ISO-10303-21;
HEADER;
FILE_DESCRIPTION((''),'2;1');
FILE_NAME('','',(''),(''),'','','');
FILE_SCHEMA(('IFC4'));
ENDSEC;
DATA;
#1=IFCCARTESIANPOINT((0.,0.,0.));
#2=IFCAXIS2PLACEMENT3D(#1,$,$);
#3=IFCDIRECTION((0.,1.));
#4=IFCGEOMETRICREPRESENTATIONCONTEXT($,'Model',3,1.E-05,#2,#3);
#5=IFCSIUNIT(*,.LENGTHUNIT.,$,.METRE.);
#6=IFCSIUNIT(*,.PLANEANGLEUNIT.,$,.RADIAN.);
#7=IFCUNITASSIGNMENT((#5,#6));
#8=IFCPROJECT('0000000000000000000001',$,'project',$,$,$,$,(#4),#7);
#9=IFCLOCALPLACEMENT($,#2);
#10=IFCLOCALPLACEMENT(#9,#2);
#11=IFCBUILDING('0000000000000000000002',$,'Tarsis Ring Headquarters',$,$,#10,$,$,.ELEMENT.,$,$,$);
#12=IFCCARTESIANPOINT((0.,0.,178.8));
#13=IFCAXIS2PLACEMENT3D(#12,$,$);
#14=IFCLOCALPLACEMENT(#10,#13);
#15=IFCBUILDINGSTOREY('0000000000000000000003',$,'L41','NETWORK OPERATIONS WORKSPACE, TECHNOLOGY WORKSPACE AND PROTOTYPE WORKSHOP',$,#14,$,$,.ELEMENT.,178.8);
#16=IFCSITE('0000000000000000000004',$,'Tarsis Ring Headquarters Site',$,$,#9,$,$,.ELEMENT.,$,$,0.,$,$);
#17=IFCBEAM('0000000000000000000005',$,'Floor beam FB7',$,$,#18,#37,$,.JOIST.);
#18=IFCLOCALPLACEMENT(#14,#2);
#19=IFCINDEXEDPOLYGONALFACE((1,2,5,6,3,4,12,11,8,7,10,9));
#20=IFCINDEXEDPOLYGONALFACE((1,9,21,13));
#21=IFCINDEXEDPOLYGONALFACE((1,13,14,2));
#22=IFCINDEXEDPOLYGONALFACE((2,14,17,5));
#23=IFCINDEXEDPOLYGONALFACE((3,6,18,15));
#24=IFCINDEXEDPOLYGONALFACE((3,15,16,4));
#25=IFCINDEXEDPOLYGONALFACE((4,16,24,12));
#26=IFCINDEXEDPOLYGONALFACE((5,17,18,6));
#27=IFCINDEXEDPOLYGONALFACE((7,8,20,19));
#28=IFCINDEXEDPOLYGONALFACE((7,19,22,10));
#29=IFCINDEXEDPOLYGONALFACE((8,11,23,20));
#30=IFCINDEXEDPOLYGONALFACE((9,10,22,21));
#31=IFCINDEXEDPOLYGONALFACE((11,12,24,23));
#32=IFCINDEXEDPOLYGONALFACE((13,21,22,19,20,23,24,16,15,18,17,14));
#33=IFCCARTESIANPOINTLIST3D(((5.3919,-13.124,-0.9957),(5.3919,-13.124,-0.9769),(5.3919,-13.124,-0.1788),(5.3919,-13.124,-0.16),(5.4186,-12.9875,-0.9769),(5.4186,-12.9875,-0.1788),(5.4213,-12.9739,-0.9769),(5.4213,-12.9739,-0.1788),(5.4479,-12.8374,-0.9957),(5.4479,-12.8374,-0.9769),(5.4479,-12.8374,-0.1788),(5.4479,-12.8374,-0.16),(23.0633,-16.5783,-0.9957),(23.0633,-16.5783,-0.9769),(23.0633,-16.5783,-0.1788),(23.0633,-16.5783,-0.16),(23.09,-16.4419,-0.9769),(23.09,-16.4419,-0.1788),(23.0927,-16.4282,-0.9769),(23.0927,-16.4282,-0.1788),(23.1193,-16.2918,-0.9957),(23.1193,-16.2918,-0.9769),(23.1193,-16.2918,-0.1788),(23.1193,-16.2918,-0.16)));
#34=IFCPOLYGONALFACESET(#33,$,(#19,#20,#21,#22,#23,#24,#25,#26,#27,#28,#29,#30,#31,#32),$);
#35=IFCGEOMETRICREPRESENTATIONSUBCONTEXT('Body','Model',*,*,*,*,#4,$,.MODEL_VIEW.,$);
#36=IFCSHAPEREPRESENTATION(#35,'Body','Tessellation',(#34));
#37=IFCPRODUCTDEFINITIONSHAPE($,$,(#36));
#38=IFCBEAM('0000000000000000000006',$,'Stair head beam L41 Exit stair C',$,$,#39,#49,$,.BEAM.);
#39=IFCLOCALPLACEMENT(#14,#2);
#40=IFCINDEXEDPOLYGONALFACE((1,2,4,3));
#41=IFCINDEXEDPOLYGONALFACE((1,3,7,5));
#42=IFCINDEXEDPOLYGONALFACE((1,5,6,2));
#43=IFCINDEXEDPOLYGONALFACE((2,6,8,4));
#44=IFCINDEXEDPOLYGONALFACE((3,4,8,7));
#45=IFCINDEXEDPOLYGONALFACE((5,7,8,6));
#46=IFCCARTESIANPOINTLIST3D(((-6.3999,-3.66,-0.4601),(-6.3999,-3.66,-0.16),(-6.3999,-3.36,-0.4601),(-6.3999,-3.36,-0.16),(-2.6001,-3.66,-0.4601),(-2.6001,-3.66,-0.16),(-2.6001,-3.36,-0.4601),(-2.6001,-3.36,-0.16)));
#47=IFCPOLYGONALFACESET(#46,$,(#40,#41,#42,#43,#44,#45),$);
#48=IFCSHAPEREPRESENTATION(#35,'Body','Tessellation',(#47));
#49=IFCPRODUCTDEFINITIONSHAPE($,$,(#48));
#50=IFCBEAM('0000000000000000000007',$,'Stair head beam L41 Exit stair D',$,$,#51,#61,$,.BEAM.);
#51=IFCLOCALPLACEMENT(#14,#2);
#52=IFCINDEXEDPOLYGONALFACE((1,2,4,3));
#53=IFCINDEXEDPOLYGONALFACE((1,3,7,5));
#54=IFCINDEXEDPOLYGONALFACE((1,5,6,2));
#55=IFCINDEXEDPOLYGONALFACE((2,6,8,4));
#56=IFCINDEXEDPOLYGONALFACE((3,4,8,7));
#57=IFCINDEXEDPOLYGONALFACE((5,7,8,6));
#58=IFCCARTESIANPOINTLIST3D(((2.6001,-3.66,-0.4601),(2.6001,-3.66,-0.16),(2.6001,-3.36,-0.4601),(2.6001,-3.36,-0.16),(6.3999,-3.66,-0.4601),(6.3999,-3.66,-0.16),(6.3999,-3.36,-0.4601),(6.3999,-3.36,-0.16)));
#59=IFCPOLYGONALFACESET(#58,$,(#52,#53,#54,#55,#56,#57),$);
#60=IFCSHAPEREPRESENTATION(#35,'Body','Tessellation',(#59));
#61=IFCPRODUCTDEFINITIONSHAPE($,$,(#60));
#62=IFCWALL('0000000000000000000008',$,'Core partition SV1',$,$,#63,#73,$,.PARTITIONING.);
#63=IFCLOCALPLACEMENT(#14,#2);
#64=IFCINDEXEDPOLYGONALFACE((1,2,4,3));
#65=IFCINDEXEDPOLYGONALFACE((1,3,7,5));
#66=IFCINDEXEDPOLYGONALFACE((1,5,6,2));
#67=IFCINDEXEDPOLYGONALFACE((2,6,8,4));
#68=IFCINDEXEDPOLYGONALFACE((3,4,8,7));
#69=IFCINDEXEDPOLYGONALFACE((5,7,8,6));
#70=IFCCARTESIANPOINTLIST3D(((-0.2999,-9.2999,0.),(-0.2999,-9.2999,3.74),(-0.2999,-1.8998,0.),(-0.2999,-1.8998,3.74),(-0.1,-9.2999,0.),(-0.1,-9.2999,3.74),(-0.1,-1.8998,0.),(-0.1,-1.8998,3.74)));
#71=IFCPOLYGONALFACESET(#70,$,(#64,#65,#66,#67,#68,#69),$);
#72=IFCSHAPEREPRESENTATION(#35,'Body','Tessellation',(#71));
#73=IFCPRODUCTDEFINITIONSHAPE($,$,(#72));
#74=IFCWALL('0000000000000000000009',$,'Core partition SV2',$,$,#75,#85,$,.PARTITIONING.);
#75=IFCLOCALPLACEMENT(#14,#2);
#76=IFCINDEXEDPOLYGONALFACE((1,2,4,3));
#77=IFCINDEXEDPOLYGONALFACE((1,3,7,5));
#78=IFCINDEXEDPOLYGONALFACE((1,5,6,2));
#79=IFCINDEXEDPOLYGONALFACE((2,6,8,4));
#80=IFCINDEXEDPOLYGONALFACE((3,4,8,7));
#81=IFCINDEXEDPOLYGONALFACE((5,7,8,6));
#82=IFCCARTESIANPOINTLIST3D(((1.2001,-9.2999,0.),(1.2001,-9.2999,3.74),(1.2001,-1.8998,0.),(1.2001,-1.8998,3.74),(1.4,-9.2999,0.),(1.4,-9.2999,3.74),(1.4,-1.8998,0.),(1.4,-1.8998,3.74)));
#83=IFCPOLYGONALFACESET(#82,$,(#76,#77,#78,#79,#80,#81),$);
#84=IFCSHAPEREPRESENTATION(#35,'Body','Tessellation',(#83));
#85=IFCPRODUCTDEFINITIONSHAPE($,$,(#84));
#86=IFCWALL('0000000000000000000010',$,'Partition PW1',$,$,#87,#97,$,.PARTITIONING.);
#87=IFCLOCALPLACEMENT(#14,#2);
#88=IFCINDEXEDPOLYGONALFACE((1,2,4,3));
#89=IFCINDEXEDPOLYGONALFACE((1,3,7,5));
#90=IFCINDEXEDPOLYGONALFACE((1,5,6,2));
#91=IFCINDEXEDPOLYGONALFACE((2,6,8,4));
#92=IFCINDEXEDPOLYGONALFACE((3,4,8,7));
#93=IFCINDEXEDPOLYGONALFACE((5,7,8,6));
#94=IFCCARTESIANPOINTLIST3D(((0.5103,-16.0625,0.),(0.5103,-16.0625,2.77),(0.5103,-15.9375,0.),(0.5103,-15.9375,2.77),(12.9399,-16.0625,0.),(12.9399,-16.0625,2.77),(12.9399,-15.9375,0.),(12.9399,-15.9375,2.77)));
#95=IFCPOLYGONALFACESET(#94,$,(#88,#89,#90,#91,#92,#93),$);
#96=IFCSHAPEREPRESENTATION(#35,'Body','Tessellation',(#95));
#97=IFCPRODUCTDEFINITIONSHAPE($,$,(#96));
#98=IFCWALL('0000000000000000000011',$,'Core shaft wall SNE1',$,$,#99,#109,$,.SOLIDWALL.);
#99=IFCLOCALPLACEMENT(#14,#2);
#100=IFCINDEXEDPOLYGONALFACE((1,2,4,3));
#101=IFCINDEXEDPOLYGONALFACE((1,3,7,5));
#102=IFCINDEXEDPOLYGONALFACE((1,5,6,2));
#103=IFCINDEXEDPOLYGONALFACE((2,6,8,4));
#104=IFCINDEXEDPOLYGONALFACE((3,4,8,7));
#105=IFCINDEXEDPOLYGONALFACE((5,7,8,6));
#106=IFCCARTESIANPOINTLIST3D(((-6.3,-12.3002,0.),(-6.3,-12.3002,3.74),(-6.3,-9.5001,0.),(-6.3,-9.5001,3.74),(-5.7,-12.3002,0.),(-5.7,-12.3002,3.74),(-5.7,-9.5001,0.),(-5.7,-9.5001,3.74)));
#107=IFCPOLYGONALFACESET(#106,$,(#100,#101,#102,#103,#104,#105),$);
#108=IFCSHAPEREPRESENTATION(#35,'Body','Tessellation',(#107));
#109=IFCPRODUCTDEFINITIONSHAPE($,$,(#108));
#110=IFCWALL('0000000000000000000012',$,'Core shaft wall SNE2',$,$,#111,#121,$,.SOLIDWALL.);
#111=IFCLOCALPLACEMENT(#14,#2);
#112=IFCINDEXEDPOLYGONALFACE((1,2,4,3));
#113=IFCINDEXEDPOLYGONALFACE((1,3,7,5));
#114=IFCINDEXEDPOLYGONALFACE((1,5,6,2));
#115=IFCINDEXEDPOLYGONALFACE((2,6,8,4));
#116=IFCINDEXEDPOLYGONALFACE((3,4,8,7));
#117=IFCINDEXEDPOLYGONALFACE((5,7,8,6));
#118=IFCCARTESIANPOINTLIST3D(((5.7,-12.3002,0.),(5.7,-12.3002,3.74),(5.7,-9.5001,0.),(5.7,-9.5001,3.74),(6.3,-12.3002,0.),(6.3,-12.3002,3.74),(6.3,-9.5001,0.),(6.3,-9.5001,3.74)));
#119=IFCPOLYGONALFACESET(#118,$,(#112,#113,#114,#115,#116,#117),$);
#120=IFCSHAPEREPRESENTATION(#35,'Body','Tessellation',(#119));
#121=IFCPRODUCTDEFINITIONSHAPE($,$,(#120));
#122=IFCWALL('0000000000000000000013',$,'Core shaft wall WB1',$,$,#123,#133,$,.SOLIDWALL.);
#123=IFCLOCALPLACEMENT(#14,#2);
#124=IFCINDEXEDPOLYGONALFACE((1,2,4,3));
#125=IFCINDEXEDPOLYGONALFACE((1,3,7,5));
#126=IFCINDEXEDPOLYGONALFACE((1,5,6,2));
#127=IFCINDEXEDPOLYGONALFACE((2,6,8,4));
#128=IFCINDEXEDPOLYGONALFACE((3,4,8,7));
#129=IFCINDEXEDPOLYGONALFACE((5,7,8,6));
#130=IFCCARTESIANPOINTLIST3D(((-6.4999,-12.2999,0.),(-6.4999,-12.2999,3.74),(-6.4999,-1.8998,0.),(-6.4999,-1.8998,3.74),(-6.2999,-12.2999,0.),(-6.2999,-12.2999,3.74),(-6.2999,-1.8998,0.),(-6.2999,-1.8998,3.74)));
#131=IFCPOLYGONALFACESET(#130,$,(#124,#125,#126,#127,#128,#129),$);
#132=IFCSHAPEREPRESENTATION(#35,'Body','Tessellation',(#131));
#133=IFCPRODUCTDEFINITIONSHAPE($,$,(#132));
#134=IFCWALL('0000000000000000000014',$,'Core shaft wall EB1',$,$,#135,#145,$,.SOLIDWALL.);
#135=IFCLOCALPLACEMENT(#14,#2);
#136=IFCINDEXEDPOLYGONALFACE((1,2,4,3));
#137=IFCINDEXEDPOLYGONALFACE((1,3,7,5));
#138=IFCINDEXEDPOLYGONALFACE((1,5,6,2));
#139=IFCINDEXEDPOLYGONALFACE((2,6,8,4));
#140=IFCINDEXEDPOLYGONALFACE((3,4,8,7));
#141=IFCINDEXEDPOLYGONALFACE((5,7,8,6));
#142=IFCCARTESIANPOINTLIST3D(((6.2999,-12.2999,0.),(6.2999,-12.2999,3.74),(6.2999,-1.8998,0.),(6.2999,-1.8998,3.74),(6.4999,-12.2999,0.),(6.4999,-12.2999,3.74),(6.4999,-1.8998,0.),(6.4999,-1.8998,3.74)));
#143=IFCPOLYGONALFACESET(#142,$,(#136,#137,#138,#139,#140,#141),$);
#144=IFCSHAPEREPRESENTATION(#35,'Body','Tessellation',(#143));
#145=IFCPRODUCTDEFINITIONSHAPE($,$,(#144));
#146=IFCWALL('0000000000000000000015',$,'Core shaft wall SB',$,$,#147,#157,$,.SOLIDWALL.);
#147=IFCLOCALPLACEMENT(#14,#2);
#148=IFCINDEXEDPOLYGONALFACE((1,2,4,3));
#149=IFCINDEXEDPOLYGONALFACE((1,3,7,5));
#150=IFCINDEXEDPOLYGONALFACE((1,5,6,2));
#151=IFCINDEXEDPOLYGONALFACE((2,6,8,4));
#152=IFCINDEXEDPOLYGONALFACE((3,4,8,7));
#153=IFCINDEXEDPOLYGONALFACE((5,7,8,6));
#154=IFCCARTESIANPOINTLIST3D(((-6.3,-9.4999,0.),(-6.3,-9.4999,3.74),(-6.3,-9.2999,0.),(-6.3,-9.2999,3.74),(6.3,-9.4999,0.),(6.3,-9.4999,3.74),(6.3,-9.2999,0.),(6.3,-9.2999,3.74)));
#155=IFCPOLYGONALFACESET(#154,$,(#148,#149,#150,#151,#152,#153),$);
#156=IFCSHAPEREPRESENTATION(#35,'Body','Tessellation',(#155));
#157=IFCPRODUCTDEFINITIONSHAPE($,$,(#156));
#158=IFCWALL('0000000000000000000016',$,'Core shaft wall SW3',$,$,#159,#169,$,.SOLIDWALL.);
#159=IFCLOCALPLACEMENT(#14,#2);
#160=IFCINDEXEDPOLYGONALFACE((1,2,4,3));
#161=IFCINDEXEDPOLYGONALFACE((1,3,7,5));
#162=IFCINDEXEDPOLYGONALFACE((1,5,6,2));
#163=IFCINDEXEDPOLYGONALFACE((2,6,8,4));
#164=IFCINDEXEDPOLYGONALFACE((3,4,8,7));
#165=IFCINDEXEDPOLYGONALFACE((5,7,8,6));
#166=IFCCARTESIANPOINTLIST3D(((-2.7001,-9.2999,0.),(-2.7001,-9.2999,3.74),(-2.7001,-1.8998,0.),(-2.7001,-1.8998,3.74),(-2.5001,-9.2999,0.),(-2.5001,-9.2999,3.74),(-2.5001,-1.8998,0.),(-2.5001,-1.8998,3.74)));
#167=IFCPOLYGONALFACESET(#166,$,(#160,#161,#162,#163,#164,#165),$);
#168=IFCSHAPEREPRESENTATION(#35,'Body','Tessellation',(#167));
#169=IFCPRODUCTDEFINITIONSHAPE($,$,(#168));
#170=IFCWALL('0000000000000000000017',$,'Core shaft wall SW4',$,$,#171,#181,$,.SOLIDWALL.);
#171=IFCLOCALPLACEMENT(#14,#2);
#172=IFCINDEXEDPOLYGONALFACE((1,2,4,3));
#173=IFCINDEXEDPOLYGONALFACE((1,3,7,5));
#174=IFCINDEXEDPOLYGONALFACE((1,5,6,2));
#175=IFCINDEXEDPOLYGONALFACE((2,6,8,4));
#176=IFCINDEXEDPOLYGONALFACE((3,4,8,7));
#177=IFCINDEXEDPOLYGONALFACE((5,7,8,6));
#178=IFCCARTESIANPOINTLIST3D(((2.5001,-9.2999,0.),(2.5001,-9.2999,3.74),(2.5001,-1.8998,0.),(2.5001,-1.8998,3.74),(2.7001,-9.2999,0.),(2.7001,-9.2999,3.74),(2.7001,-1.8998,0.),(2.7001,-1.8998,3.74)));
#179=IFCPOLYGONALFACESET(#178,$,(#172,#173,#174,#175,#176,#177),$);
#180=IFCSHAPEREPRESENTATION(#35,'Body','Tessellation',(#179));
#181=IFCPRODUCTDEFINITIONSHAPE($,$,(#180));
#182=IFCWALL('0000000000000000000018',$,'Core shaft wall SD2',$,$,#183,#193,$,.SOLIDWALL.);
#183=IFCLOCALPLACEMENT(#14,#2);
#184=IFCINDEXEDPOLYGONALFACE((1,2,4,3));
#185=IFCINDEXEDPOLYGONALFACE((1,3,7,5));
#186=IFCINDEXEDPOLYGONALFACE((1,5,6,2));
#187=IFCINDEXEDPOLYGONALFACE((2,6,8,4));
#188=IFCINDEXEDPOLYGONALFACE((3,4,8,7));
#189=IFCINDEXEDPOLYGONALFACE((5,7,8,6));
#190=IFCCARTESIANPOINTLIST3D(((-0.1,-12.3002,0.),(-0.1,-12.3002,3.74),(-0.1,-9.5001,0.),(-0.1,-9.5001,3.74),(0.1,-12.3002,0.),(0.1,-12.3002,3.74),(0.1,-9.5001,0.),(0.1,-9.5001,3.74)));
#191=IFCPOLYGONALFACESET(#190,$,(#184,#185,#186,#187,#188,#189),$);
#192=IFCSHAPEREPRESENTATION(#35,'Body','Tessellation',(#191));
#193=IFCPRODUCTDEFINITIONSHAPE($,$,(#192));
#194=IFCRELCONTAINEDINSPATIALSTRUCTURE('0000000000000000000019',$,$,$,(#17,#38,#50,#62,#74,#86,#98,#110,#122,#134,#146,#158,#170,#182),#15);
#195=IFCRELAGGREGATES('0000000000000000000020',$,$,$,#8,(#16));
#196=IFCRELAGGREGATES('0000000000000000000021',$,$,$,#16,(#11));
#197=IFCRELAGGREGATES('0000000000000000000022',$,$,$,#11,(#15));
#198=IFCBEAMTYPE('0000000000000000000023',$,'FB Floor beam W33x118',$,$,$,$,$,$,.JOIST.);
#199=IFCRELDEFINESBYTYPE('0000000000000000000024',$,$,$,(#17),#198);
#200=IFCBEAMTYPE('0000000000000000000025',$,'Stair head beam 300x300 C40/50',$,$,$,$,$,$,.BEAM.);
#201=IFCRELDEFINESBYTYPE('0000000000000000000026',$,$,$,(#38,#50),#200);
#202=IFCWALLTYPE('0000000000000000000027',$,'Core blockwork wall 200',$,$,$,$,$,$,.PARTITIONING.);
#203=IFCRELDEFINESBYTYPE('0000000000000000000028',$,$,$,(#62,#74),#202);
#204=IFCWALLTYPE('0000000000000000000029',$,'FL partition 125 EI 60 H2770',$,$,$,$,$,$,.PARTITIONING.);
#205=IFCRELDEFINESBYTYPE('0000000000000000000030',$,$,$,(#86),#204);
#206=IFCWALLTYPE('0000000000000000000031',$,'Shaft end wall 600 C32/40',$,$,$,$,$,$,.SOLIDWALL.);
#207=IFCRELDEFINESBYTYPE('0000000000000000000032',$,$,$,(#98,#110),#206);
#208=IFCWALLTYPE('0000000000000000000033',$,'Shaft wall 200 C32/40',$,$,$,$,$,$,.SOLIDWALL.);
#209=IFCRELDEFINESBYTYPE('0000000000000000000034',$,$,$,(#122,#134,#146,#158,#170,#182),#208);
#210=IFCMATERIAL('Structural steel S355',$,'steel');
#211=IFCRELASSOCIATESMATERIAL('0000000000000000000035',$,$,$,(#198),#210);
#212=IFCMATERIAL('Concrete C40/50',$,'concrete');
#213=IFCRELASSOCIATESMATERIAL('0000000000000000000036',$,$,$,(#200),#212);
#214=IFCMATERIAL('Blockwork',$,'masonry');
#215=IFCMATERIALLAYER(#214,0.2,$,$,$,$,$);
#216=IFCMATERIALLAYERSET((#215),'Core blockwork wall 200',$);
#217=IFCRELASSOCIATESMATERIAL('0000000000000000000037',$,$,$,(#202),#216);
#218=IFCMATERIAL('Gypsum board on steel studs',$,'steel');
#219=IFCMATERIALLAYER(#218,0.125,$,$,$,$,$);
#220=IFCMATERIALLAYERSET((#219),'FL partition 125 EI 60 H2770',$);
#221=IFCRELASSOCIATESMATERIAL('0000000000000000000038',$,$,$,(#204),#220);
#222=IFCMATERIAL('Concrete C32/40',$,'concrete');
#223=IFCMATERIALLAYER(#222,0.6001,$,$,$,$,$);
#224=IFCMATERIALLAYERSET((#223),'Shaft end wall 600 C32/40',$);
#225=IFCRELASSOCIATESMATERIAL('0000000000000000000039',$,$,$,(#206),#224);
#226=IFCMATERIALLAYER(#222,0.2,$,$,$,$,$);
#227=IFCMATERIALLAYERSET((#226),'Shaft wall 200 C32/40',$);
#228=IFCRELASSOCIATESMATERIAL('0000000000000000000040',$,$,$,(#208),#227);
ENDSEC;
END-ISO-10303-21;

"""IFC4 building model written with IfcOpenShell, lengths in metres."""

from ifc_helpers import new_model, si_unit, direction, frame, frame_2d, origin, origin_2d, place, context, subcontext, project, spatial, rectangle, i_section, extrude, material, layer, layer_set, material_profile, profile_set, type_object, element, save


model = new_model("IFC4")

# Units and contexts
model_context = context("Model", 3, precision=1e-05, world=origin(), true_north=direction((0.0, 1.0)))
body_context = subcontext(model_context, "Body", "Model", "MODEL_VIEW")
ifc_project = project(units=[si_unit("LENGTHUNIT", "METRE"), si_unit("PLANEANGLEUNIT", "RADIAN")], contexts=[model_context])

# Site, building, storey
site_placement = place(None, origin())
site = spatial("IfcSite", under=ifc_project, at=site_placement, Name="Tarsis Ring Headquarters Site", CompositionType="ELEMENT", RefElevation=0.0)
building_placement = place(site_placement, origin())
building = spatial("IfcBuilding", under=site, at=building_placement, Name="Tarsis Ring Headquarters", CompositionType="ELEMENT")
storey_placement = place(building_placement, frame((0.0, 0.0, 178.8)))
storey = spatial("IfcBuildingStorey", under=building, at=storey_placement, Name="L41", Description="NETWORK OPERATIONS WORKSPACE, TECHNOLOGY WORKSPACE AND PROTOTYPE WORKSHOP", CompositionType="ELEMENT", Elevation=178.8)

# Beams
ifc_material_1 = material(Name="Structural steel S355", Category="steel")
ifc_material_profile_1 = material_profile(ifc_material_1, i_section(OverallWidth=0.292, OverallDepth=0.8357, WebThickness=0.0139, FlangeThickness=0.0188, at=origin_2d()), Name="W33x118")
ifc_profile_set_1 = profile_set([ifc_material_profile_1], Name="Structural steel S355")
beam_type_1 = type_object("IfcBeamType", Name="FB Floor beam W33x118", PredefinedType="JOIST", material=ifc_profile_set_1)
beam_placement = place(storey_placement, frame((5.4199, -12.9807, -0.5779), z_axis=(0.981425, -0.191846, 0.0), x_axis=(0.191846, 0.981425, 0.0)))
element("IfcBeam", 1, at=beam_placement, inside=storey, type_object=beam_type_1, Name="Floor beam FB7", PredefinedType="JOIST", context=body_context, shape_type="SweptSolid", body=[
    extrude(i_section(OverallWidth=0.292, OverallDepth=0.8357, WebThickness=0.0139, FlangeThickness=0.0188, at=origin_2d()), origin(), (0.0, 0.0, 1.0), 18.0059),
])
ifc_material_2 = material(Name="Concrete C40/50", Category="concrete")
ifc_material_profile_2 = material_profile(ifc_material_2, rectangle(XDim=0.3, YDim=0.3, at=origin_2d()), Name="Stair head beam 300x300 C40/50")
ifc_profile_set_2 = profile_set([ifc_material_profile_2], Name="Concrete C40/50")
beam_type_2 = type_object("IfcBeamType", Name="Stair head beam 300x300 C40/50", PredefinedType="BEAM", material=ifc_profile_set_2)
for number, where, z_axis, x_axis, name in (
    (2, (-6.3999, -3.51, -0.3101), (1.0, 0.0, 0.0), (0.0, 1.0, 0.0), "Stair head beam L41 Exit stair C"),
    (3, (2.6001, -3.51, -0.3101), (1.0, 0.0, 0.0), (0.0, 1.0, 0.0), "Stair head beam L41 Exit stair D"),
):
    element("IfcBeam", number, at=place(storey_placement, frame(where, z_axis=z_axis, x_axis=x_axis)), inside=storey, type_object=beam_type_2, Name=name, PredefinedType="BEAM", context=body_context, shape_type="SweptSolid", body=[
        extrude(rectangle(XDim=0.3, YDim=0.3, at=origin_2d()), origin(), (0.0, 0.0, 1.0), 3.7998),
    ])

# Walls
ifc_material_3 = material(Name="Blockwork", Category="masonry")
ifc_layer_1 = layer(ifc_material_3, 0.2)
ifc_layer_set_1 = layer_set([ifc_layer_1], Name="Core blockwork wall 200")
wall_type_1 = type_object("IfcWallType", Name="Core blockwork wall 200", PredefinedType="PARTITIONING", material=ifc_layer_set_1)
for number, where, z_axis, x_axis, name in (
    (4, (-0.2, -9.3, 0.0), (0.0, 0.0, 1.0), (0.0, 1.0, 0.0), "Core partition SV1"),
    (5, (1.3, -9.3, 0.0), (0.0, 0.0, 1.0), (0.0, 1.0, 0.0), "Core partition SV2"),
):
    element("IfcWall", number, at=place(storey_placement, frame(where, z_axis=z_axis, x_axis=x_axis)), inside=storey, type_object=wall_type_1, Name=name, PredefinedType="PARTITIONING", context=body_context, shape_type="SweptSolid", body=[
        extrude(rectangle(XDim=7.4001, YDim=0.2, at=frame_2d((3.7002, 0.0))), origin(), (0.0, 0.0, 1.0), 3.74),
    ])
ifc_material_4 = material(Name="Gypsum board on steel studs", Category="steel")
ifc_layer_2 = layer(ifc_material_4, 0.125)
ifc_layer_set_2 = layer_set([ifc_layer_2], Name="FL partition 125 EI 60 H2770")
wall_type_2 = type_object("IfcWallType", Name="FL partition 125 EI 60 H2770", PredefinedType="PARTITIONING", material=ifc_layer_set_2)
wall_1_placement = place(storey_placement, frame((0.5103, -16.0, 0.0), z_axis=(0.0, 0.0, 1.0), x_axis=(1.0, 0.0, 0.0)))
element("IfcWall", 6, at=wall_1_placement, inside=storey, type_object=wall_type_2, Name="Partition PW1", PredefinedType="PARTITIONING", context=body_context, shape_type="SweptSolid", body=[
    extrude(rectangle(XDim=12.4297, YDim=0.125, at=frame_2d((6.2148, 0.0))), origin(), (0.0, 0.0, 1.0), 2.77),
])
ifc_material_5 = material(Name="Concrete C32/40", Category="concrete")
ifc_layer_3 = layer(ifc_material_5, 0.6001)
ifc_layer_set_3 = layer_set([ifc_layer_3], Name="Shaft end wall 600 C32/40")
wall_type_3 = type_object("IfcWallType", Name="Shaft end wall 600 C32/40", PredefinedType="SOLIDWALL", material=ifc_layer_set_3)
for number, where, z_axis, x_axis, name in (
    (7, (-6.0, -12.3, 0.0), (0.0, 0.0, 1.0), (0.0, 1.0, 0.0), "Core shaft wall SNE1"),
    (8, (6.0, -12.3, 0.0), (0.0, 0.0, 1.0), (0.0, 1.0, 0.0), "Core shaft wall SNE2"),
):
    element("IfcWall", number, at=place(storey_placement, frame(where, z_axis=z_axis, x_axis=x_axis)), inside=storey, type_object=wall_type_3, Name=name, PredefinedType="SOLIDWALL", context=body_context, shape_type="SweptSolid", body=[
        extrude(rectangle(XDim=2.8, YDim=0.6001, at=frame_2d((1.3999, 0.0))), origin(), (0.0, 0.0, 1.0), 3.74),
    ])
ifc_layer_4 = layer(ifc_material_5, 0.2)
ifc_layer_set_4 = layer_set([ifc_layer_4], Name="Shaft wall 200 C32/40")
wall_type_4 = type_object("IfcWallType", Name="Shaft wall 200 C32/40", PredefinedType="SOLIDWALL", material=ifc_layer_set_4)
for number, where, z_axis, x_axis, name in (
    (9, (-6.3999, -12.3, 0.0), (0.0, 0.0, 1.0), (0.0, 1.0, 0.0), "Core shaft wall WB1"),
    (10, (6.3999, -12.3, 0.0), (0.0, 0.0, 1.0), (0.0, 1.0, 0.0), "Core shaft wall EB1"),
):
    element("IfcWall", number, at=place(storey_placement, frame(where, z_axis=z_axis, x_axis=x_axis)), inside=storey, type_object=wall_type_4, Name=name, PredefinedType="SOLIDWALL", context=body_context, shape_type="SweptSolid", body=[
        extrude(rectangle(XDim=10.4001, YDim=0.2, at=frame_2d((5.2002, 0.0))), origin(), (0.0, 0.0, 1.0), 3.74),
    ])
wall_2_placement = place(storey_placement, frame((-6.3, -9.3999, 0.0), z_axis=(0.0, 0.0, 1.0), x_axis=(1.0, 0.0, 0.0)))
element("IfcWall", 11, at=wall_2_placement, inside=storey, type_object=wall_type_4, Name="Core shaft wall SB", PredefinedType="SOLIDWALL", context=body_context, shape_type="SweptSolid", body=[
    extrude(rectangle(XDim=12.6001, YDim=0.2, at=frame_2d((6.3, 0.0))), origin(), (0.0, 0.0, 1.0), 3.74),
])
for number, where, z_axis, x_axis, name in (
    (12, (-2.6001, -9.3, 0.0), (0.0, 0.0, 1.0), (0.0, 1.0, 0.0), "Core shaft wall SW3"),
    (13, (2.6001, -9.3, 0.0), (0.0, 0.0, 1.0), (0.0, 1.0, 0.0), "Core shaft wall SW4"),
):
    element("IfcWall", number, at=place(storey_placement, frame(where, z_axis=z_axis, x_axis=x_axis)), inside=storey, type_object=wall_type_4, Name=name, PredefinedType="SOLIDWALL", context=body_context, shape_type="SweptSolid", body=[
        extrude(rectangle(XDim=7.4001, YDim=0.2, at=frame_2d((3.7002, 0.0))), origin(), (0.0, 0.0, 1.0), 3.74),
    ])
wall_3_placement = place(storey_placement, frame((0.0, -12.3, 0.0), z_axis=(0.0, 0.0, 1.0), x_axis=(0.0, 1.0, 0.0)))
element("IfcWall", 14, at=wall_3_placement, inside=storey, type_object=wall_type_4, Name="Core shaft wall SD2", PredefinedType="SOLIDWALL", context=body_context, shape_type="SweptSolid", body=[
    extrude(rectangle(XDim=2.8, YDim=0.2, at=frame_2d((1.3999, 0.0))), origin(), (0.0, 0.0, 1.0), 3.74),
])

save(model, "model.ifc")
